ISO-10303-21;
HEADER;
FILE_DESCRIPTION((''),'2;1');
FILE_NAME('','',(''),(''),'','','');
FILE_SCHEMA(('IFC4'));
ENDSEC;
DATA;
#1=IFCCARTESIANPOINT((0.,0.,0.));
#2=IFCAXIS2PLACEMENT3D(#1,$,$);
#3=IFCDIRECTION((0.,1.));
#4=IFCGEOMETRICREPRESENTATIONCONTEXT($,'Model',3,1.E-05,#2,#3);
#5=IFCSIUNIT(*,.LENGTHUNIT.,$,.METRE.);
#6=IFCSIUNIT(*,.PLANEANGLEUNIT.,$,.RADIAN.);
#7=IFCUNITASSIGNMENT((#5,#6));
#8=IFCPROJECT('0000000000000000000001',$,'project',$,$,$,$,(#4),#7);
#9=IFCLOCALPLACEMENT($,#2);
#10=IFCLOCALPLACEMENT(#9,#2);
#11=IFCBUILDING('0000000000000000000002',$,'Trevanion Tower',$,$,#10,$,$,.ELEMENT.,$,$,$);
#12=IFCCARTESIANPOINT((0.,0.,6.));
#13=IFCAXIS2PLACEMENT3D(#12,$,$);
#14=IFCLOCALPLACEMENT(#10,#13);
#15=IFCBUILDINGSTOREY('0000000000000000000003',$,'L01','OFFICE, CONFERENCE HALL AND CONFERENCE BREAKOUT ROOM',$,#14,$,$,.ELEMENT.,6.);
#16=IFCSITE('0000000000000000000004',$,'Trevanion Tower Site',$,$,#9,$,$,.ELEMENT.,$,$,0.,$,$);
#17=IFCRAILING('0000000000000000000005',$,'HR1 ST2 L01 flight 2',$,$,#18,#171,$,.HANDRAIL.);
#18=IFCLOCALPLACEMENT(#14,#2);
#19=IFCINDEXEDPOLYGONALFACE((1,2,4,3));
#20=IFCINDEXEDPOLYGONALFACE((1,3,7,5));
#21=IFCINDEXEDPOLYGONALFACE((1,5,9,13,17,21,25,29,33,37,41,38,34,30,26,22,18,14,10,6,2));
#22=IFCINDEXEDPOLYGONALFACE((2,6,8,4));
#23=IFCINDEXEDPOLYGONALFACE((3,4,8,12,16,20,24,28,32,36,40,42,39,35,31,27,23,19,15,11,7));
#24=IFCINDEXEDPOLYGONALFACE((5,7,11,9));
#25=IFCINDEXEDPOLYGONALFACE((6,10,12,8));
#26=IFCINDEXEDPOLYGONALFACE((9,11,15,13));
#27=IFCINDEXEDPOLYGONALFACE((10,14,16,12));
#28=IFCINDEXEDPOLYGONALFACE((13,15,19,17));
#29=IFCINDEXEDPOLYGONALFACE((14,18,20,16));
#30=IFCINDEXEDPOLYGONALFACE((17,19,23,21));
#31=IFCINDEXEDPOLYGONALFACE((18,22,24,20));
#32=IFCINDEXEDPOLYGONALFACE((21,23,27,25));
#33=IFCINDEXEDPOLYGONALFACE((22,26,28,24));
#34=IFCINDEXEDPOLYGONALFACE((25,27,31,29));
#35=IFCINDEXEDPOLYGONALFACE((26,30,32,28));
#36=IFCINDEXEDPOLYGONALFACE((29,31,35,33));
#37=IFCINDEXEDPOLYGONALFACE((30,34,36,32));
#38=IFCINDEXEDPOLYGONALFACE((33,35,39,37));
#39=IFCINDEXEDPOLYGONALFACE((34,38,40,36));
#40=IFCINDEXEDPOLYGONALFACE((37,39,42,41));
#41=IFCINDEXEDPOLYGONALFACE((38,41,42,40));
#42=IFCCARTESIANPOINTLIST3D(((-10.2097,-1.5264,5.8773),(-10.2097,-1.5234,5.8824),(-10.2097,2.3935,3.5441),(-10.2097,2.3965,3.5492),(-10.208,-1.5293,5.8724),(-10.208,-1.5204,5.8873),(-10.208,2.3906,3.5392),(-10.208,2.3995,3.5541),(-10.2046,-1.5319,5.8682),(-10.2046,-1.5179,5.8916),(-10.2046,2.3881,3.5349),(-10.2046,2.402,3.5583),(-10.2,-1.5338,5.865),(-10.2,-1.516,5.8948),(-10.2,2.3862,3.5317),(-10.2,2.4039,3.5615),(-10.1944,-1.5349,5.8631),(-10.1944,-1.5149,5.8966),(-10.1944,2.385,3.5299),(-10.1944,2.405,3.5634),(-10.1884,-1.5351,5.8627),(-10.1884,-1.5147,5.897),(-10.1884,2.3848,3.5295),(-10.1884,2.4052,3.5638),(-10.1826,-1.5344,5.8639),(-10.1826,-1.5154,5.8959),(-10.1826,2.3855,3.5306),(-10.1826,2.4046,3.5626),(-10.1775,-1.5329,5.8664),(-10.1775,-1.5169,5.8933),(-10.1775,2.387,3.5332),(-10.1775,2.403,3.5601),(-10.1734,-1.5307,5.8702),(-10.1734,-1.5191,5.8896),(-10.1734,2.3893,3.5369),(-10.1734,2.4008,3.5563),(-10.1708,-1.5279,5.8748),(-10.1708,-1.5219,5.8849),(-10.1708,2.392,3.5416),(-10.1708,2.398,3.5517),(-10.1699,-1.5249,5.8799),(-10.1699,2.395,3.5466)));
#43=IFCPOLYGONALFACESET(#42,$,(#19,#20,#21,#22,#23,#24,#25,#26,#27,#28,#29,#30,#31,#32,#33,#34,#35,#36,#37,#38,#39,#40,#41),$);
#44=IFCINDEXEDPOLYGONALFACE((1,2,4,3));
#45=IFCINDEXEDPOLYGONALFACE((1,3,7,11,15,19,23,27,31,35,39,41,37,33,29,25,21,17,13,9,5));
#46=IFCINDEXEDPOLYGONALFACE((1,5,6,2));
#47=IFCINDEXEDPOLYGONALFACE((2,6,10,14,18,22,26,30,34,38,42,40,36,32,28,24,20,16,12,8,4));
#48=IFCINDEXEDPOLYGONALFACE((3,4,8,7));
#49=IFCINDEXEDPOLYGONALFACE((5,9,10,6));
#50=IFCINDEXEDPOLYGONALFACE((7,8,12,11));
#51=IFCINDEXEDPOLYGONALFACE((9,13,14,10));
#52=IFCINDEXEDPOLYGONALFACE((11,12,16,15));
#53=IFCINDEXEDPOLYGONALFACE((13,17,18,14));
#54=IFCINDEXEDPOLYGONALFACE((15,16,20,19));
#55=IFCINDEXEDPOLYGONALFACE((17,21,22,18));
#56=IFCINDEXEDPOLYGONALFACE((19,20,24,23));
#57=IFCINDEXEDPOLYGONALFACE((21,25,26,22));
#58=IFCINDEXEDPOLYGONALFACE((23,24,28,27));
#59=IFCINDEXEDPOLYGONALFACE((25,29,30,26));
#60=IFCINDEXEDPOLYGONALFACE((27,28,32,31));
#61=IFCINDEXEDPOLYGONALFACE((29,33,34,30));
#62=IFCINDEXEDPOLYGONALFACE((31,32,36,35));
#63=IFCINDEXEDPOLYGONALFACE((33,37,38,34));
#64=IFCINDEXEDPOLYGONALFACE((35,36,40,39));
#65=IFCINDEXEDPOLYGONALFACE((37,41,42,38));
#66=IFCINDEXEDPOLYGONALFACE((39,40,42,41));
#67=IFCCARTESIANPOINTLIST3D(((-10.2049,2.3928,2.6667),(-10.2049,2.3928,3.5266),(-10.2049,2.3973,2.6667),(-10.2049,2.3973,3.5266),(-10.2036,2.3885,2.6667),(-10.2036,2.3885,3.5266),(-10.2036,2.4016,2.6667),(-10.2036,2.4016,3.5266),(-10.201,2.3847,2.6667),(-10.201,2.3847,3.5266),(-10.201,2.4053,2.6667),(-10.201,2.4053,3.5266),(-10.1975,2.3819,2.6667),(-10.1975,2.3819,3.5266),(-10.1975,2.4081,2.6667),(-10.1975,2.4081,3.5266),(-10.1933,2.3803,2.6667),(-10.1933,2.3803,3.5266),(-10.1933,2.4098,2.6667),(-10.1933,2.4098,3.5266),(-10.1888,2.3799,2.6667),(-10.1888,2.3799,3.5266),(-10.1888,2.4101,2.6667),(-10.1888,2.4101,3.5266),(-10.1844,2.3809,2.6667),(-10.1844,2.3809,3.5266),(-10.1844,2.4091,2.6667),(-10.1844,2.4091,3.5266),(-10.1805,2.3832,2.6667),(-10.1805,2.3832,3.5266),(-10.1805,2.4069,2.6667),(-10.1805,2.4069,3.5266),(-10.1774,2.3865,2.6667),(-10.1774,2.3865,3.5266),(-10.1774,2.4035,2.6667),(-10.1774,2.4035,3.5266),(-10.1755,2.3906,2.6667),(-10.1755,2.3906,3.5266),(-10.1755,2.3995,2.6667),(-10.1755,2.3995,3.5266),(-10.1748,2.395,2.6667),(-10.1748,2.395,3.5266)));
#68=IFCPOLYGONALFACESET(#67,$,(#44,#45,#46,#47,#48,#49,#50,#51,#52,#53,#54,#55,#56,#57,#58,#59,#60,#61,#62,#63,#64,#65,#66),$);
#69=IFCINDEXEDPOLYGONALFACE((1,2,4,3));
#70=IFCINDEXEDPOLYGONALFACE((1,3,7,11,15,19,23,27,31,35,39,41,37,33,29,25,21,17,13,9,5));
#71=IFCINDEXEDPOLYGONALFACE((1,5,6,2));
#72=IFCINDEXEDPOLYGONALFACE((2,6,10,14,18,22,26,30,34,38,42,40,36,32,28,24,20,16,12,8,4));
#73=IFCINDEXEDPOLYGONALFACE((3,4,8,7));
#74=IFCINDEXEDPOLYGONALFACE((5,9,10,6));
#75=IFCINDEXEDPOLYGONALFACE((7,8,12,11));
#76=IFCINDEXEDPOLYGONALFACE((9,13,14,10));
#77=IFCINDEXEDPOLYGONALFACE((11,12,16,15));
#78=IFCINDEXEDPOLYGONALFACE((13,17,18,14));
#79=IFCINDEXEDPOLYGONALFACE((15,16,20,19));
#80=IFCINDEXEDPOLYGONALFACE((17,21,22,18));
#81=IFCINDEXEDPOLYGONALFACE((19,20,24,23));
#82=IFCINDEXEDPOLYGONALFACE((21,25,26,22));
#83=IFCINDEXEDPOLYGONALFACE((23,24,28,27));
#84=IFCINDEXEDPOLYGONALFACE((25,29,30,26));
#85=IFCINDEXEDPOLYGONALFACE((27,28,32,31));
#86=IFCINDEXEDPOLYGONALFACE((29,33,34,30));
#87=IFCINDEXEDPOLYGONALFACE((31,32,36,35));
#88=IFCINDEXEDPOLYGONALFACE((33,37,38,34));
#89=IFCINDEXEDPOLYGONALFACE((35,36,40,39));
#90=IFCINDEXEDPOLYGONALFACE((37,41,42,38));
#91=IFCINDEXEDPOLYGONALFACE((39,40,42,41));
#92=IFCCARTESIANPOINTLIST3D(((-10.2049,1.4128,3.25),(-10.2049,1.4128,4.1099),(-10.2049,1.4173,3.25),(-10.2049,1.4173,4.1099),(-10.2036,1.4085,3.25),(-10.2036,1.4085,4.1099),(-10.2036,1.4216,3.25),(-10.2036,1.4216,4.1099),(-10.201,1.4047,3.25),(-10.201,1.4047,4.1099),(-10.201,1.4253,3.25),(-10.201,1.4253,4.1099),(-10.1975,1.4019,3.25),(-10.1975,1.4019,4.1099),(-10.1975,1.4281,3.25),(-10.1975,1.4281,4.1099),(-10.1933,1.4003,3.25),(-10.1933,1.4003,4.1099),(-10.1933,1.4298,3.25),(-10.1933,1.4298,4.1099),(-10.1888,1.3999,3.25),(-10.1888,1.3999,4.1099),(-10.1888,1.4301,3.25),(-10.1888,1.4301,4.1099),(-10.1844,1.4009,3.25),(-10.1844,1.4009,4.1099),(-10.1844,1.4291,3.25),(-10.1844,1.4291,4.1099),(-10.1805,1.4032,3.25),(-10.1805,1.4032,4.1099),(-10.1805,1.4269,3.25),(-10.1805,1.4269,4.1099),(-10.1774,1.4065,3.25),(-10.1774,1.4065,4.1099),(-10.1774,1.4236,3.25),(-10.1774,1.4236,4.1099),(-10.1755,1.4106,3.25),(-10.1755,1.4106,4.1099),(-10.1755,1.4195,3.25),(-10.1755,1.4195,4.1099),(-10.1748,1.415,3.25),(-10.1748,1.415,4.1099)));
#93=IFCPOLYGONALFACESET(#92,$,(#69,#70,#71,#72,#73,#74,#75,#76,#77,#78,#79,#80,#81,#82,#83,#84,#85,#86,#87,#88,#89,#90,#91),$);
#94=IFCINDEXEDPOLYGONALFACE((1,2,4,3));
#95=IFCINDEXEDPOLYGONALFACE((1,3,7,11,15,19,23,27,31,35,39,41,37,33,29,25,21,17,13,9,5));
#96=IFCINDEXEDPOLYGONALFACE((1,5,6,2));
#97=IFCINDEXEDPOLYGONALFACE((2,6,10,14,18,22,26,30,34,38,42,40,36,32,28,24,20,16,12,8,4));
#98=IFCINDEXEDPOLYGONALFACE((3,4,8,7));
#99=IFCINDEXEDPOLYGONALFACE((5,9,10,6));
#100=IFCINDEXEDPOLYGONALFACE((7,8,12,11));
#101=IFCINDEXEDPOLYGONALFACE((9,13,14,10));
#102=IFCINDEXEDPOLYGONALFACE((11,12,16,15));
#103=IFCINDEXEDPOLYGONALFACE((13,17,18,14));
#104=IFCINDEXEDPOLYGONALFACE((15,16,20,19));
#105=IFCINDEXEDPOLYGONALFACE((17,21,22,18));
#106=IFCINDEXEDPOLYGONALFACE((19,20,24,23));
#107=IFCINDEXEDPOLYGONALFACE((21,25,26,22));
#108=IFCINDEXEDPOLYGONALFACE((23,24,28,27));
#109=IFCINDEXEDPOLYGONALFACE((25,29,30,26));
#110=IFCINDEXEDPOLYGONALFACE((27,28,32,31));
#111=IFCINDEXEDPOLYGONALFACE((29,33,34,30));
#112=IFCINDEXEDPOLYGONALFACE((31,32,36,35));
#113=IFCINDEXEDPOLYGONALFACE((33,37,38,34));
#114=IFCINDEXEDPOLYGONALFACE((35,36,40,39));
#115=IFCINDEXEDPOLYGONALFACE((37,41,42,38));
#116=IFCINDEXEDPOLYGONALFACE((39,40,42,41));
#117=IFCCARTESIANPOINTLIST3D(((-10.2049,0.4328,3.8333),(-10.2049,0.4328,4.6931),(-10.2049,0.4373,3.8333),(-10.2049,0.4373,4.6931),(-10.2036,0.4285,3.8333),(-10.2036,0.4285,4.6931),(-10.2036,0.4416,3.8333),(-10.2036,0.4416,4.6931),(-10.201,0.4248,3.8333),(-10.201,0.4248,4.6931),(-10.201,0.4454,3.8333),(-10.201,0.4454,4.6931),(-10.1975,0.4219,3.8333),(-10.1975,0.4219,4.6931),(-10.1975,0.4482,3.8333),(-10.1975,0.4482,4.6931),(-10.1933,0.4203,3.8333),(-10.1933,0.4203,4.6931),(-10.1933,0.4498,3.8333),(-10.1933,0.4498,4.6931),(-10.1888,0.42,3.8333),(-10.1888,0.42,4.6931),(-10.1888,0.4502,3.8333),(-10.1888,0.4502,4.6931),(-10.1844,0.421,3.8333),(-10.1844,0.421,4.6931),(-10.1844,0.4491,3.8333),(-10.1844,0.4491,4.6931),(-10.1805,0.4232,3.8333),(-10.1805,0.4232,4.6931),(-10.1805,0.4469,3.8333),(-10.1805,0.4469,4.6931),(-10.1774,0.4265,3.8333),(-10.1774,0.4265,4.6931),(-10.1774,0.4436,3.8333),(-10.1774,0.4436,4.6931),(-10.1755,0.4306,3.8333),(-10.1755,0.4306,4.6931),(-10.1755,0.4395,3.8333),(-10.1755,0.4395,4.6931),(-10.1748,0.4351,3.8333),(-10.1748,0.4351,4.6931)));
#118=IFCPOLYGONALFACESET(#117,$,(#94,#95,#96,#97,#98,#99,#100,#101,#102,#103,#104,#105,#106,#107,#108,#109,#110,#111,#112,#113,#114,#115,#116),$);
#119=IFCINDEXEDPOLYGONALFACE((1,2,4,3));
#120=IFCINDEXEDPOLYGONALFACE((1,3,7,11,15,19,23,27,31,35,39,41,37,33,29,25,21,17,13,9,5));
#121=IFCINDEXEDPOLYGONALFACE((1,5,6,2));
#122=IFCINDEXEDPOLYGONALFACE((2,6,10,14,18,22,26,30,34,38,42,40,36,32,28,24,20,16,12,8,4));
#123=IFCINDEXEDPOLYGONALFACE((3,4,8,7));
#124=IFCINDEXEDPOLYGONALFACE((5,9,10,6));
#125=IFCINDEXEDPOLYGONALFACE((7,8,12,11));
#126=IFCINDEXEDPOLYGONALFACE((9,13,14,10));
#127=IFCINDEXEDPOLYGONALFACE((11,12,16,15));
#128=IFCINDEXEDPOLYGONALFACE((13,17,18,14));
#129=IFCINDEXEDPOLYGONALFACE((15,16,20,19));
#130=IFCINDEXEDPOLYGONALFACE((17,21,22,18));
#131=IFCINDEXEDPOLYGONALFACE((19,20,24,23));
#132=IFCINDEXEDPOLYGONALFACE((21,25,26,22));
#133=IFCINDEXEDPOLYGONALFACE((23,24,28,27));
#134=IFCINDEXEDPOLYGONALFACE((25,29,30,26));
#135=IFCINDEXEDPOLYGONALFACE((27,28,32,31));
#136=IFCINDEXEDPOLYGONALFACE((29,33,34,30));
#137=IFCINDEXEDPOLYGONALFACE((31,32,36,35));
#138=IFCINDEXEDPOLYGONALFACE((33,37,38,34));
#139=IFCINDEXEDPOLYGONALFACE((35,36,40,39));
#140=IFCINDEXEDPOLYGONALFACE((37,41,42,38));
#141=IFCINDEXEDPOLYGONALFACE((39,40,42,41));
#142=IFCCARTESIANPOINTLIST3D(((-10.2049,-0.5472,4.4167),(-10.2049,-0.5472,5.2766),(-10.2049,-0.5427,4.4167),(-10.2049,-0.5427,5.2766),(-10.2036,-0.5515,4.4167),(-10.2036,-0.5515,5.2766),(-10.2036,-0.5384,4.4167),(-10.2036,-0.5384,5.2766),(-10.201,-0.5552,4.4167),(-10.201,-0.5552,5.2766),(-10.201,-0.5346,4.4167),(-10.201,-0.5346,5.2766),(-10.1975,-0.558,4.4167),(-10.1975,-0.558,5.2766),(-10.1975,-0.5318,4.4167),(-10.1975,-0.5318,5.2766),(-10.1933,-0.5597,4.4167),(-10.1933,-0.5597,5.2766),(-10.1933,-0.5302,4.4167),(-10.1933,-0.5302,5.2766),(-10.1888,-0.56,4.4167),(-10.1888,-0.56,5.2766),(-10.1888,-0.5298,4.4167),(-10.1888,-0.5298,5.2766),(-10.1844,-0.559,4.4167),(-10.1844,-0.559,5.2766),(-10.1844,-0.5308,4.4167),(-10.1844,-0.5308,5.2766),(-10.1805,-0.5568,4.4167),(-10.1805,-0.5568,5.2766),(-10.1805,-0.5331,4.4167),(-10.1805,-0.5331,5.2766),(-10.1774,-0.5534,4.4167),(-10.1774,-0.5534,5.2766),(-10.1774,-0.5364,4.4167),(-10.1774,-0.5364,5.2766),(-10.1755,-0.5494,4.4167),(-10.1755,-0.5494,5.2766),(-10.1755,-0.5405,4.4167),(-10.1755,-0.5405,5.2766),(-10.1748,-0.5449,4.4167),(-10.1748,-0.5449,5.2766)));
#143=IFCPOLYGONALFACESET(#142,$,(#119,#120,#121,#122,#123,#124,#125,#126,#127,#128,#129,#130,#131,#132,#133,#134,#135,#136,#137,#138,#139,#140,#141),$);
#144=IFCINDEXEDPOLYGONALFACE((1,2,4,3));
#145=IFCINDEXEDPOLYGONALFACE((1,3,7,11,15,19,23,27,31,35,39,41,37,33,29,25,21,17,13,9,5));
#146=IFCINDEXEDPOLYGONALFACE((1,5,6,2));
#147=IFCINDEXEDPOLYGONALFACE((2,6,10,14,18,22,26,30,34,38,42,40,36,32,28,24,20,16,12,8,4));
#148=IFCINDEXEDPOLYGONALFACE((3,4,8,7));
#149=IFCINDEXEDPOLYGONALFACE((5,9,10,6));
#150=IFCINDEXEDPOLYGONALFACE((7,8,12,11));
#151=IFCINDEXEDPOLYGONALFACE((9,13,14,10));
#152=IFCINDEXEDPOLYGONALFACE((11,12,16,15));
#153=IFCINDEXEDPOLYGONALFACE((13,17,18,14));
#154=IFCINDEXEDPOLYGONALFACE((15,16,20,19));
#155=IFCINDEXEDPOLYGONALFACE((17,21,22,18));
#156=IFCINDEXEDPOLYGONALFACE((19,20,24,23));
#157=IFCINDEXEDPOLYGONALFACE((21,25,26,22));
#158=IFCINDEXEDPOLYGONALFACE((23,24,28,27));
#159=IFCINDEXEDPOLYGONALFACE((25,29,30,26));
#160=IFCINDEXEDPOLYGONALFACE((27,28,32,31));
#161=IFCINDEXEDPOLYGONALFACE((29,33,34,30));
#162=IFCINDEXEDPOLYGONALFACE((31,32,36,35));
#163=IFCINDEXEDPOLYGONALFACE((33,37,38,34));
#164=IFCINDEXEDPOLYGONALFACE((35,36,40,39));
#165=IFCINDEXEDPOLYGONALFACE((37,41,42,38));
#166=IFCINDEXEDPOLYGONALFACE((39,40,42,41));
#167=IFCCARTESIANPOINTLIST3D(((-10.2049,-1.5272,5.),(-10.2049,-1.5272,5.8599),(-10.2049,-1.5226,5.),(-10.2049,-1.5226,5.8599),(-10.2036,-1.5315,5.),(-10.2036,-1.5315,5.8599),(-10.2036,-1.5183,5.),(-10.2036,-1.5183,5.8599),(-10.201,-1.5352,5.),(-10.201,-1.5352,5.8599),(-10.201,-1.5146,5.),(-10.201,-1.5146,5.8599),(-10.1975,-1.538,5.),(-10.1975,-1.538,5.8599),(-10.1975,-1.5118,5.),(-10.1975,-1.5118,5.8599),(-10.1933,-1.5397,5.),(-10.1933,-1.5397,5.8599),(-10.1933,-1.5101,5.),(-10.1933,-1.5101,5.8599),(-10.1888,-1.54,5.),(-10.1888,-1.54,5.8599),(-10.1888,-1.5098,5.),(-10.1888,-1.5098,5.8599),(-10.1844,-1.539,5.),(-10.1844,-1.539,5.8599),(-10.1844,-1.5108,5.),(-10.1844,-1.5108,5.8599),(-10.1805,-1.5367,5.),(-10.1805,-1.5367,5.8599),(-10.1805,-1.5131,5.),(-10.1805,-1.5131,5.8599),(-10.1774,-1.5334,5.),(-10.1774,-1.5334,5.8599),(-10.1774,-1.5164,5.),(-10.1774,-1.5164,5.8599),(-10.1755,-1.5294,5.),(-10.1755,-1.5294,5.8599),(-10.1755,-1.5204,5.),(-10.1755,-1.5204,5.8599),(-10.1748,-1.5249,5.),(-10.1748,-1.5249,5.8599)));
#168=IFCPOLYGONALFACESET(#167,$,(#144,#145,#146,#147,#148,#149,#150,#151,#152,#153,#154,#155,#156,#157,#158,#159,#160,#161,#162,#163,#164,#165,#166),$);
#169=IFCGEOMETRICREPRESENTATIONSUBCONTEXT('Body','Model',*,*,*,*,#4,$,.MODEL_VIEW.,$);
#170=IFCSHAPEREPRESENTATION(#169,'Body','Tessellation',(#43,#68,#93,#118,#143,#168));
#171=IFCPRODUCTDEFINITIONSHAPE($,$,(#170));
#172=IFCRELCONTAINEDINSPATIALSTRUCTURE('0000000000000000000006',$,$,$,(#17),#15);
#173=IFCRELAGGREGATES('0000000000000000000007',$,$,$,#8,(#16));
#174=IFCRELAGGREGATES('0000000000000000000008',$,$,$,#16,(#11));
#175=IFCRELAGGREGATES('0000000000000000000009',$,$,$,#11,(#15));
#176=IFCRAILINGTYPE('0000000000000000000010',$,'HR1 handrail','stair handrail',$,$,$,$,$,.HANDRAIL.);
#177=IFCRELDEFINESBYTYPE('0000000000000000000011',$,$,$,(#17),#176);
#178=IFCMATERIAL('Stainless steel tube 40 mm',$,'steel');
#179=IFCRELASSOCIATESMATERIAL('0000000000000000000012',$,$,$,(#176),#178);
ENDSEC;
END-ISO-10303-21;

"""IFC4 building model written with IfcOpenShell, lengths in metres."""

from ifc_helpers import new_model, si_unit, direction, frame, origin, origin_2d, place, context, subcontext, project, spatial, circle, extrude, material, type_object, element, save


model = new_model("IFC4")

# Units and contexts
model_context = context("Model", 3, precision=1e-05, world=origin(), true_north=direction((0.0, 1.0)))
body_context = subcontext(model_context, "Body", "Model", "MODEL_VIEW")
ifc_project = project(units=[si_unit("LENGTHUNIT", "METRE"), si_unit("PLANEANGLEUNIT", "RADIAN")], contexts=[model_context])

# Site, building, storey
site_placement = place(None, origin())
site = spatial("IfcSite", under=ifc_project, at=site_placement, Name="Trevanion Tower Site", CompositionType="ELEMENT", RefElevation=0.0)
building_placement = place(site_placement, origin())
building = spatial("IfcBuilding", under=site, at=building_placement, Name="Trevanion Tower", CompositionType="ELEMENT")
storey_placement = place(building_placement, frame((0.0, 0.0, 6.0)))
storey = spatial("IfcBuildingStorey", under=building, at=storey_placement, Name="L01", Description="OFFICE, CONFERENCE HALL AND CONFERENCE BREAKOUT ROOM", CompositionType="ELEMENT", Elevation=6.0)

# Railing
ifc_material_1 = material(Name="Stainless steel tube 40 mm", Category="steel")
railing_type = type_object("IfcRailingType", Name="HR1 handrail", Description="stair handrail", PredefinedType="HANDRAIL", material=ifc_material_1)
for number, where, name in (
    (1, (-10.1899, 2.395, 2.6667), "HR1 ST2 L01 flight 2"),
):
    element("IfcRailing", number, at=place(storey_placement, frame(where)), inside=storey, type_object=railing_type, Name=name, PredefinedType="HANDRAIL", context=body_context, shape_type="SweptSolid", body=[
        extrude(circle(Radius=0.02, at=origin_2d()), frame((0.0, 0.0, 0.8799), z_axis=(0.0, -0.859296, 0.511478), x_axis=(1.0, 0.0, 0.0)), (0.0, 0.0, 1.0), 4.5618),
        extrude(circle(Radius=0.0151, at=origin_2d()), origin(), (0.0, 0.0, 1.0), 0.8599),
        extrude(circle(Radius=0.0151, at=origin_2d()), frame((0.0, -0.98, 0.5833)), (0.0, 0.0, 1.0), 0.8599),
        extrude(circle(Radius=0.0151, at=origin_2d()), frame((0.0, -1.96, 1.1665)), (0.0, 0.0, 1.0), 0.8599),
        extrude(circle(Radius=0.0151, at=origin_2d()), frame((0.0, -2.9399, 1.75)), (0.0, 0.0, 1.0), 0.8599),
        extrude(circle(Radius=0.0151, at=origin_2d()), frame((0.0, -3.9199, 2.3333)), (0.0, 0.0, 1.0), 0.8599),
    ])

save(model, "model.ifc")
